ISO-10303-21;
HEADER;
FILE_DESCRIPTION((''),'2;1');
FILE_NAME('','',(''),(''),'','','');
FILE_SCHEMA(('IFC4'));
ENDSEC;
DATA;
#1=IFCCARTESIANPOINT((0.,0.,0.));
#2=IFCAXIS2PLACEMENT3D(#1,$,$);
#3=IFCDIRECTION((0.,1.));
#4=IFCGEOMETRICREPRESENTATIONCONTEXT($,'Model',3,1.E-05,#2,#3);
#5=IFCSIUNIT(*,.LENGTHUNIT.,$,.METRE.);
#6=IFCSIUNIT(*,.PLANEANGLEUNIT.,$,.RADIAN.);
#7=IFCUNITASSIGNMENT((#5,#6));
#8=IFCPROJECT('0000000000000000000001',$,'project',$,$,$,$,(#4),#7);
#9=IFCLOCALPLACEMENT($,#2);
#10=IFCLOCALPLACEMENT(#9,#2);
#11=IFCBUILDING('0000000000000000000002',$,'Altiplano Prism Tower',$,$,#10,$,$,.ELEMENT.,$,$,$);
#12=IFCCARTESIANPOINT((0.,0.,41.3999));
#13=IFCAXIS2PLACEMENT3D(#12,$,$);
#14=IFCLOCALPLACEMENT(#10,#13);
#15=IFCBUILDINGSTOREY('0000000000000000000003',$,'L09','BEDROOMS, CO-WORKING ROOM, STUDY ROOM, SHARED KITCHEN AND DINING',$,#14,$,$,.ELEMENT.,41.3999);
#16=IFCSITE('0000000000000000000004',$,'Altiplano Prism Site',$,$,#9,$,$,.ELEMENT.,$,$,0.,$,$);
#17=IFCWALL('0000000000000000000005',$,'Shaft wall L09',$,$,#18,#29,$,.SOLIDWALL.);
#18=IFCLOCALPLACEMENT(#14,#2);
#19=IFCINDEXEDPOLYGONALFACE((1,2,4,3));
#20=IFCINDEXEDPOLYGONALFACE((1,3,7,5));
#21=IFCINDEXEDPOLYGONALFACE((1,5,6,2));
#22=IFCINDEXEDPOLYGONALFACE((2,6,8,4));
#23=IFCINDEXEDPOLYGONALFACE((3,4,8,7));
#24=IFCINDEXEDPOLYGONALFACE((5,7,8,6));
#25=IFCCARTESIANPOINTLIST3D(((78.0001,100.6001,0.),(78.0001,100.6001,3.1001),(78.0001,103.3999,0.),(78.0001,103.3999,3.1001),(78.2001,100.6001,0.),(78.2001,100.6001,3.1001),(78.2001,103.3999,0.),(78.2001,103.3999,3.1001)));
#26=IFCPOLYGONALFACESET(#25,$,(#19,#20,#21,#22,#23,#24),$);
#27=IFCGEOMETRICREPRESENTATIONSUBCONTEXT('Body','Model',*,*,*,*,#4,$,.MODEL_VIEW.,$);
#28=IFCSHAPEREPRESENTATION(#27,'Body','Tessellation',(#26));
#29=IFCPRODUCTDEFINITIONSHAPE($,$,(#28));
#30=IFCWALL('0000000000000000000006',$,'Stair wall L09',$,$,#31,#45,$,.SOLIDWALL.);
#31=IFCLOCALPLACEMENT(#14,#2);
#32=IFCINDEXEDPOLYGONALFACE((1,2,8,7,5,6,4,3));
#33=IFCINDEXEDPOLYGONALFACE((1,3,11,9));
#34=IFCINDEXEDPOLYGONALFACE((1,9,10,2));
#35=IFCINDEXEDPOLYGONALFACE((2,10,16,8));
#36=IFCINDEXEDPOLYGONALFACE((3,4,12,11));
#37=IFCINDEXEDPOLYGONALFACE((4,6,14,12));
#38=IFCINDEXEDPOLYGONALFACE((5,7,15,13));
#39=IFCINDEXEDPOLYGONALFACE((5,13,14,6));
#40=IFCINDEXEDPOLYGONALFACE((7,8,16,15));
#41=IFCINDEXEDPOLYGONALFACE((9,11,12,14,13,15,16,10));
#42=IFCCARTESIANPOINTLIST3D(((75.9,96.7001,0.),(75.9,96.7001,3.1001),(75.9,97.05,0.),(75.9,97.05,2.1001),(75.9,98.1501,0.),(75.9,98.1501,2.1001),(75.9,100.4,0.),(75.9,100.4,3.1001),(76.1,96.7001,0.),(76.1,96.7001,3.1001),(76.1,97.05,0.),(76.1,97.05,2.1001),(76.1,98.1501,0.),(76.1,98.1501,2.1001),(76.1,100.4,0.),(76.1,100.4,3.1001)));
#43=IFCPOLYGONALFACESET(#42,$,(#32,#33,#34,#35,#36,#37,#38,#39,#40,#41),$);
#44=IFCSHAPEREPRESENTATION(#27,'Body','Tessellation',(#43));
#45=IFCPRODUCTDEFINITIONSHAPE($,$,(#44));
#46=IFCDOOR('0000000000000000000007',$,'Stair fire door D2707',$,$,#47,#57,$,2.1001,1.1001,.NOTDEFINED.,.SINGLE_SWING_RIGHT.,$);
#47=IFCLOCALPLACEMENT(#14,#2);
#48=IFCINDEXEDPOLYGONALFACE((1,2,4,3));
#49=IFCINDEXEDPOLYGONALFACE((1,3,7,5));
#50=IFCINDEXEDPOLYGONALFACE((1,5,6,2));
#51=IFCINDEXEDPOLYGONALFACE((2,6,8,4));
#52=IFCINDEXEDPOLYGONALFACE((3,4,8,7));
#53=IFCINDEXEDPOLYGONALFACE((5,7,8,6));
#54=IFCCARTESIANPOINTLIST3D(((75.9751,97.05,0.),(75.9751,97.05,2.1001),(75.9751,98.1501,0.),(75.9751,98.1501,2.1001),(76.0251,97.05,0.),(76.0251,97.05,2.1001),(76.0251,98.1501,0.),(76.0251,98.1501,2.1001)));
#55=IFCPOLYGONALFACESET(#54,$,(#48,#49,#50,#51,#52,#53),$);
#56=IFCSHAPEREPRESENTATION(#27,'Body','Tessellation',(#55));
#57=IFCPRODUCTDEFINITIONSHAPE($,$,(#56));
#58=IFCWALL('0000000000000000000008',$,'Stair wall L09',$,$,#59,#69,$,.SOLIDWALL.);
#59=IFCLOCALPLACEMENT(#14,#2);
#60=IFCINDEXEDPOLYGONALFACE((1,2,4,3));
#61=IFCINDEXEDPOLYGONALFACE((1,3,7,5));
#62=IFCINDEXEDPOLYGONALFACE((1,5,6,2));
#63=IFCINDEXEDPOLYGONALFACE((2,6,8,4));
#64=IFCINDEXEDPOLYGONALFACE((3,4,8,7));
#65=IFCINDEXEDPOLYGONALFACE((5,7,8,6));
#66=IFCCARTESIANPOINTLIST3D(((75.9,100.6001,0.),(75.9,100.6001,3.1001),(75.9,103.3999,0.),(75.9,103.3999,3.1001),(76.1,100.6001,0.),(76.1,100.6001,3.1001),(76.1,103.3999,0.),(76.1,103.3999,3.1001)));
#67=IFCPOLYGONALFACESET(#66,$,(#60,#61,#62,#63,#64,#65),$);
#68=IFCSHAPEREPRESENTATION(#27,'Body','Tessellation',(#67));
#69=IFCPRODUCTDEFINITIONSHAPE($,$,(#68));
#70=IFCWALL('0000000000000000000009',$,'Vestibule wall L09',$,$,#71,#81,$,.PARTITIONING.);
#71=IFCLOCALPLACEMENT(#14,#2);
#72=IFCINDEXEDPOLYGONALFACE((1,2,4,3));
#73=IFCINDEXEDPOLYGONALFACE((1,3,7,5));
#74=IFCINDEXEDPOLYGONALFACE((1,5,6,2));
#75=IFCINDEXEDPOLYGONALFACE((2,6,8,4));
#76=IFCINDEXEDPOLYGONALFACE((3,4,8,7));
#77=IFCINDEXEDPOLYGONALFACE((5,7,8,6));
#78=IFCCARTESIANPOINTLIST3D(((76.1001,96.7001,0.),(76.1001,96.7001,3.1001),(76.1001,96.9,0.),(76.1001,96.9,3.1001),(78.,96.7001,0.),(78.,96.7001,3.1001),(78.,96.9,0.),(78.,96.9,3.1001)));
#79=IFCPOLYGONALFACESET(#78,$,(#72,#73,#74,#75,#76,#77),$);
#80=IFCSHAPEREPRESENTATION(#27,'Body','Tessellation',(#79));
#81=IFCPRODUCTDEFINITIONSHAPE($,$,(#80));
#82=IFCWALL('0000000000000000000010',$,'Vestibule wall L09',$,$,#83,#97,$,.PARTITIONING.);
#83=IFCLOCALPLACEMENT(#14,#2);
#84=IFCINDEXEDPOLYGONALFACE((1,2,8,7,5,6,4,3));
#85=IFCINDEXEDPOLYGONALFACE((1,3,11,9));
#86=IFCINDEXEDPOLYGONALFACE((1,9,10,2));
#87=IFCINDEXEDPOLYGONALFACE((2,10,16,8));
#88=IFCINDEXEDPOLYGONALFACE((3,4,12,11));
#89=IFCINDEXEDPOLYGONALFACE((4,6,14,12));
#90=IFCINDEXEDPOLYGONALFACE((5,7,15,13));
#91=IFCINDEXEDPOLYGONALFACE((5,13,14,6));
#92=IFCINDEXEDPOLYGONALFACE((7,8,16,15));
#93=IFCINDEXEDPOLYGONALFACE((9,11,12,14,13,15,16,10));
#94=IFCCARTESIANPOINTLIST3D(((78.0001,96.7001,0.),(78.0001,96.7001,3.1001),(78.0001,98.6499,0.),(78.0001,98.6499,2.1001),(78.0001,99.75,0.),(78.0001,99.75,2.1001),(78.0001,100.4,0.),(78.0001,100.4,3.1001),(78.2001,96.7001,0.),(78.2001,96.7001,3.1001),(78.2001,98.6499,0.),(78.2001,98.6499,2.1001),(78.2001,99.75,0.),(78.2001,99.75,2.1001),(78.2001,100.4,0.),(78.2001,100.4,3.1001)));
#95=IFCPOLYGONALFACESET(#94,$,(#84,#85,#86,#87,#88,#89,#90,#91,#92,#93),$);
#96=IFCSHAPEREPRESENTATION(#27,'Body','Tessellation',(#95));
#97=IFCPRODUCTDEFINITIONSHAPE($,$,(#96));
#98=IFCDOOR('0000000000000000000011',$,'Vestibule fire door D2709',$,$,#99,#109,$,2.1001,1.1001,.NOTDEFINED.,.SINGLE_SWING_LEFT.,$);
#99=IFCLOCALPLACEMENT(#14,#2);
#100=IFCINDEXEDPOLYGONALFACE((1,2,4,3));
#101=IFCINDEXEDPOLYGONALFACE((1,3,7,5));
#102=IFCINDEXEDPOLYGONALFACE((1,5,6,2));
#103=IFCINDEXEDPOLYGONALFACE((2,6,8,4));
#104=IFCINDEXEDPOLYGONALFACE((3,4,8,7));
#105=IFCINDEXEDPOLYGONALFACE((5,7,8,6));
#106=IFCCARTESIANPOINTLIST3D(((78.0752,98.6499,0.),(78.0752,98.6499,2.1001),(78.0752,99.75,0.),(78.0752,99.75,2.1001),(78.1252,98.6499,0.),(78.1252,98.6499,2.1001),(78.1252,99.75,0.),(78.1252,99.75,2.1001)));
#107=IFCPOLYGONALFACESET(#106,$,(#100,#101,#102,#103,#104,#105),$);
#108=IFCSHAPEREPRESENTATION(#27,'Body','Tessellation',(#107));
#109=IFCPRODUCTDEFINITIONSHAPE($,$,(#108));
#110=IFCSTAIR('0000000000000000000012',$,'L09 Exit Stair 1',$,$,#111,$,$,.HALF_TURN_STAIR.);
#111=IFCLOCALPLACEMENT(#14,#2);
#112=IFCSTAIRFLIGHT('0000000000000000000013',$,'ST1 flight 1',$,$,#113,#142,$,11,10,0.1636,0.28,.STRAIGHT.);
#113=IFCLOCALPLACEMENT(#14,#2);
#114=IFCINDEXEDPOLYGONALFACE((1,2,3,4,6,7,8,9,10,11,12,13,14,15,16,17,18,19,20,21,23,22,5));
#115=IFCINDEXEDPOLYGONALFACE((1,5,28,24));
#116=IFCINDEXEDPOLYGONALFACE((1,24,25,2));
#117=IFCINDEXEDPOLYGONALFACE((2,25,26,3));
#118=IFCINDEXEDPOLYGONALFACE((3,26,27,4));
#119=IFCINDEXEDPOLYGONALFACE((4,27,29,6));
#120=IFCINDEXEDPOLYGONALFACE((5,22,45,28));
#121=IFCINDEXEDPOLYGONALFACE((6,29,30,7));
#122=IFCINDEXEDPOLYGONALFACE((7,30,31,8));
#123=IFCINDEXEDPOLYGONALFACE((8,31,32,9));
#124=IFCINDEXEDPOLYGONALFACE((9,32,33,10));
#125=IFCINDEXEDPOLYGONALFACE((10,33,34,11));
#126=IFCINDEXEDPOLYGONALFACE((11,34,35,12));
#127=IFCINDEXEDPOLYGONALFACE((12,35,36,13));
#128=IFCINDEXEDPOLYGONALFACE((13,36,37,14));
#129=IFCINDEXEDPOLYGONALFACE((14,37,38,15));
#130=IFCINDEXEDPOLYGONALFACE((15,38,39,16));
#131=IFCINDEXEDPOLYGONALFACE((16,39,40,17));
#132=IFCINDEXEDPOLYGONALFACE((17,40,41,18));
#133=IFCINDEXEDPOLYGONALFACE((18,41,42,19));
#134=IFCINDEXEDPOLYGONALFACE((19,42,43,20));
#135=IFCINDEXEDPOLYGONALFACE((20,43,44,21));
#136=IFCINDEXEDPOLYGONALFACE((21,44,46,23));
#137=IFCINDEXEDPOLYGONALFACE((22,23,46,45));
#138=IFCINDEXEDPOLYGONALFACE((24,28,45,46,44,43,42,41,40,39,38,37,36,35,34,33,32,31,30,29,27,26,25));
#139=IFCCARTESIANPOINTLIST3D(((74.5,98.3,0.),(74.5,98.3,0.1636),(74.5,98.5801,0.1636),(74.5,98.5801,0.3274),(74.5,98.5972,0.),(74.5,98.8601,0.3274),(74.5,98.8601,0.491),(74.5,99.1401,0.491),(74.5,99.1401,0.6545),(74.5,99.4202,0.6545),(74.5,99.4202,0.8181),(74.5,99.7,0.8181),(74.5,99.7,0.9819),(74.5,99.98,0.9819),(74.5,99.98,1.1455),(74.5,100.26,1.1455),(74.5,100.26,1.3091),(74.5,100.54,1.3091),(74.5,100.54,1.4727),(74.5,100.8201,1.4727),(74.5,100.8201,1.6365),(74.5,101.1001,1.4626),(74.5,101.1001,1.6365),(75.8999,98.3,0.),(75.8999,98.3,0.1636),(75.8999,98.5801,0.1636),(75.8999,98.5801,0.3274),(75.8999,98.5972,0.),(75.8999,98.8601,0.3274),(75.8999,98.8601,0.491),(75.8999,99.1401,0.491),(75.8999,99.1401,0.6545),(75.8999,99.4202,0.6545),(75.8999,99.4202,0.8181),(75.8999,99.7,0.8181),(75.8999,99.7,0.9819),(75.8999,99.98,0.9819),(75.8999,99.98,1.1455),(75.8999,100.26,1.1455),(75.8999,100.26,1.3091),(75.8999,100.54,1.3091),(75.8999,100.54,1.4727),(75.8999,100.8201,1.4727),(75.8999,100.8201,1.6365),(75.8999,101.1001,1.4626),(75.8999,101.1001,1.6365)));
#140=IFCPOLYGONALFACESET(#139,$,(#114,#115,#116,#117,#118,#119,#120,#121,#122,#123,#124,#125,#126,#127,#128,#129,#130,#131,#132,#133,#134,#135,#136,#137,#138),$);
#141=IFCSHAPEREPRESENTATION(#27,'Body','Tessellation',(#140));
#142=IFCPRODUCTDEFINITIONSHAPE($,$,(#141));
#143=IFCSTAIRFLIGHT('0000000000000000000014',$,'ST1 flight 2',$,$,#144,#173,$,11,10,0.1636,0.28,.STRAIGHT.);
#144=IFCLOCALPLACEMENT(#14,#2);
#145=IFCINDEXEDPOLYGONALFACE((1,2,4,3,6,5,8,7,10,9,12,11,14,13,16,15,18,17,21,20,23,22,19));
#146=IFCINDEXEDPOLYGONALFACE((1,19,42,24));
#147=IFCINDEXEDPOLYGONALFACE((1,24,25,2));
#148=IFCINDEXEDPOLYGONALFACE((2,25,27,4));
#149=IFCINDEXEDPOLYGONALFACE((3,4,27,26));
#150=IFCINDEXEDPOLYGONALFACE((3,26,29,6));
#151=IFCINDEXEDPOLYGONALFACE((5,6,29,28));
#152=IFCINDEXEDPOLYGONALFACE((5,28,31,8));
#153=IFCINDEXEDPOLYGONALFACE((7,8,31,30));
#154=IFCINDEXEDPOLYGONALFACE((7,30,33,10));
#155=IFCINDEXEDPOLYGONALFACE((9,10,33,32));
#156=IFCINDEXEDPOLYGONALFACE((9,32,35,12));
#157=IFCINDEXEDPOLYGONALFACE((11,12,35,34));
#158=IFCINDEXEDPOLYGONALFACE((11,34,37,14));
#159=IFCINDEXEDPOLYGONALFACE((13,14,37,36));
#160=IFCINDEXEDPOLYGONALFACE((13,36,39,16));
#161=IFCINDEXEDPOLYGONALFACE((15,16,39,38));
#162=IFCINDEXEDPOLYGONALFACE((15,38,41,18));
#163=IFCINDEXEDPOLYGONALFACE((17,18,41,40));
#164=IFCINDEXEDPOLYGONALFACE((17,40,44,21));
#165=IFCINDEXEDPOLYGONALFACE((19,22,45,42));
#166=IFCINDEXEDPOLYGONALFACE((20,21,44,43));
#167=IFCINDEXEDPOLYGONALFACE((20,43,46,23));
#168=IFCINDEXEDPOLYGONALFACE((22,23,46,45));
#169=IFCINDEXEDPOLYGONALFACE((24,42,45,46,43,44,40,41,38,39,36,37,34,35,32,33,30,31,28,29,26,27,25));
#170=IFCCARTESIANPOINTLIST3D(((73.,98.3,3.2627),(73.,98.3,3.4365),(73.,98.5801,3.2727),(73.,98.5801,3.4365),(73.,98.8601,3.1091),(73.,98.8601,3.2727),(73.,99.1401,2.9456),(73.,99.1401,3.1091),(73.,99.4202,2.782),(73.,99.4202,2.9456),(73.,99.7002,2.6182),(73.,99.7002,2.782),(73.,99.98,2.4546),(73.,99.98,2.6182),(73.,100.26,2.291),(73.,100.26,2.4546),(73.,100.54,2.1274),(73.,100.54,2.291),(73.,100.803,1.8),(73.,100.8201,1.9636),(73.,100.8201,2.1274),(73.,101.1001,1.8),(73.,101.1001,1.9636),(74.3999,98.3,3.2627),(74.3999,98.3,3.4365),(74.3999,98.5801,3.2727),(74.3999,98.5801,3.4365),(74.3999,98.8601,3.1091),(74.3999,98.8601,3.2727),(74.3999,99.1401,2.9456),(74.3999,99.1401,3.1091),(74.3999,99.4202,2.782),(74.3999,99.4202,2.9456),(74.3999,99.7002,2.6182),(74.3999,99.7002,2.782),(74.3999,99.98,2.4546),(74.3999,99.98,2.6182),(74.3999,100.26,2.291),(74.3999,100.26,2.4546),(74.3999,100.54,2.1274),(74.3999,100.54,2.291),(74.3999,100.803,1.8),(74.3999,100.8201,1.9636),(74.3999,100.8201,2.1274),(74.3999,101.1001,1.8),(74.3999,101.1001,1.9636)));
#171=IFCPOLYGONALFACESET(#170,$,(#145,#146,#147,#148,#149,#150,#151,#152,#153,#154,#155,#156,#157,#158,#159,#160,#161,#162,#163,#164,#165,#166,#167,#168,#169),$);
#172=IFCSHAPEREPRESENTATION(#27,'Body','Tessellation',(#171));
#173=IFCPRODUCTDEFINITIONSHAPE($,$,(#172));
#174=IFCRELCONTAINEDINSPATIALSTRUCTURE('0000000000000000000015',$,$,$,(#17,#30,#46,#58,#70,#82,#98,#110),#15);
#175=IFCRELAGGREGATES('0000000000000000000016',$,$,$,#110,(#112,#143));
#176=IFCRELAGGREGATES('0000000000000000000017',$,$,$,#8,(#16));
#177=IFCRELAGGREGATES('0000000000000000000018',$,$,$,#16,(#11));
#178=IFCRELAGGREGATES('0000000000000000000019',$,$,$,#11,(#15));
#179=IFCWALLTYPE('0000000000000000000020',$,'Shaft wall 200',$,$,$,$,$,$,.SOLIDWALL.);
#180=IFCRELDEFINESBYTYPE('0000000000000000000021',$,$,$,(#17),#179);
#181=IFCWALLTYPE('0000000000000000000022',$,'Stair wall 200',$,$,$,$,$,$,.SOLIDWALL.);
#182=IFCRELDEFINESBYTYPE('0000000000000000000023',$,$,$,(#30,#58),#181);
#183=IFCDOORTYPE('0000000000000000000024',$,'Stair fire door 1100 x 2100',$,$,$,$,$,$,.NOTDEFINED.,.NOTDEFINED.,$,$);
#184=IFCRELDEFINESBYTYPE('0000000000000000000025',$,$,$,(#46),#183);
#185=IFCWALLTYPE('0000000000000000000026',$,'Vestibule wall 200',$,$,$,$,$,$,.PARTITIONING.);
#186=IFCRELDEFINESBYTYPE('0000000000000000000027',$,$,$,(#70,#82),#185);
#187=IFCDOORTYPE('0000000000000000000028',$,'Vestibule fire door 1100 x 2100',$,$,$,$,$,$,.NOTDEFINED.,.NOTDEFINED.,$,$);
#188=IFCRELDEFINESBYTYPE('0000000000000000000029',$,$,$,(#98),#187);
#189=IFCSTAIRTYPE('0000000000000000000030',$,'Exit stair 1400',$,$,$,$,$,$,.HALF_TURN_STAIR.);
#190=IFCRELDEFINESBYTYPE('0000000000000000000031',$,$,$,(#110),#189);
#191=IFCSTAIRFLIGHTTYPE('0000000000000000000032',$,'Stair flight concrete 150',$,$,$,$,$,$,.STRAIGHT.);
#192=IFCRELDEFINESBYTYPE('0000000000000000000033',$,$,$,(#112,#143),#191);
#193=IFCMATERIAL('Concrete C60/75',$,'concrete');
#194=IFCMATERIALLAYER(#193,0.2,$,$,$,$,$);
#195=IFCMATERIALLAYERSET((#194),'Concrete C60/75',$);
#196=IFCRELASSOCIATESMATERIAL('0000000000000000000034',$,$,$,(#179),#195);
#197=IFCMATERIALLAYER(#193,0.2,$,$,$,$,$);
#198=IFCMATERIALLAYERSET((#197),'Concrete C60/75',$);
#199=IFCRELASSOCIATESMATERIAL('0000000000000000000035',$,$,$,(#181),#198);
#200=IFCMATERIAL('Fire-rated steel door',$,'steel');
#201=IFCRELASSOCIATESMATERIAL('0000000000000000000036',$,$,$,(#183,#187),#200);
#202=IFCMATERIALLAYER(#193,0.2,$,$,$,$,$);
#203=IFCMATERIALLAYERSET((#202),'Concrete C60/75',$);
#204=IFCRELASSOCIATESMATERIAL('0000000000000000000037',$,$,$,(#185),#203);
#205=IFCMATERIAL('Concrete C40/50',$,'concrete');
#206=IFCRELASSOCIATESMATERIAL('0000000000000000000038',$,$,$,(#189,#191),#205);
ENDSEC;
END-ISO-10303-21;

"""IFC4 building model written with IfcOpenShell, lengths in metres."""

from ifc_helpers import new_model, si_unit, direction, frame, frame_2d, origin, place, context, subcontext, project, spatial, polyline, rectangle, outline, extrude, material, layer, layer_set, type_object, element, fill, aggregate, save


model = new_model("IFC4")

# Units and contexts
model_context = context("Model", 3, precision=1e-05, world=origin(), true_north=direction((0.0, 1.0)))
body_context = subcontext(model_context, "Body", "Model", "MODEL_VIEW")
ifc_project = project(units=[si_unit("LENGTHUNIT", "METRE"), si_unit("PLANEANGLEUNIT", "RADIAN")], contexts=[model_context])

# Site, building, storey
site_placement = place(None, origin())
site = spatial("IfcSite", under=ifc_project, at=site_placement, Name="Altiplano Prism Site", CompositionType="ELEMENT", RefElevation=0.0)
building_placement = place(site_placement, origin())
building = spatial("IfcBuilding", under=site, at=building_placement, Name="Altiplano Prism Tower", CompositionType="ELEMENT")
storey_placement = place(building_placement, frame((0.0, 0.0, 41.3999)))
storey = spatial("IfcBuildingStorey", under=building, at=storey_placement, Name="L09", Description="BEDROOMS, CO-WORKING ROOM, STUDY ROOM, SHARED KITCHEN AND DINING", CompositionType="ELEMENT", Elevation=41.3999)

# Wall
ifc_material_1 = material(Name="Concrete C60/75", Category="concrete")
ifc_layer_1 = layer(ifc_material_1, 0.2)
ifc_layer_set_1 = layer_set([ifc_layer_1], Name="Concrete C60/75")
wall_type_1 = type_object("IfcWallType", Name="Shaft wall 200", PredefinedType="SOLIDWALL", material=ifc_layer_set_1)
wall_1_placement = place(storey_placement, frame((78.1001, 100.6001, 0.0), z_axis=(0.0, 0.0, 1.0), x_axis=(0.0, 1.0, 0.0)))
element("IfcWall", 1, at=wall_1_placement, inside=storey, type_object=wall_type_1, Name="Shaft wall L09", PredefinedType="SOLIDWALL", context=body_context, shape_type="SweptSolid", body=[
    extrude(rectangle(XDim=2.7998, YDim=0.2, at=frame_2d((1.3999, 0.0))), origin(), (0.0, 0.0, 1.0), 3.1001),
])

# Wall, opening, door
ifc_layer_2 = layer(ifc_material_1, 0.2)
ifc_layer_set_2 = layer_set([ifc_layer_2], Name="Concrete C60/75")
wall_type_2 = type_object("IfcWallType", Name="Stair wall 200", PredefinedType="SOLIDWALL", material=ifc_layer_set_2)
wall_2_placement = place(storey_placement, frame((76.0, 96.7, 0.0), z_axis=(0.0, 0.0, 1.0), x_axis=(0.0, 1.0, 0.0)))
wall_2 = element("IfcWall", 2, at=wall_2_placement, inside=storey, type_object=wall_type_2, Name="Stair wall L09", PredefinedType="SOLIDWALL", context=body_context, shape_type="SweptSolid", body=[
    extrude(rectangle(XDim=3.7, YDim=0.2, at=frame_2d((1.8501, 0.0))), origin(), (0.0, 0.0, 1.0), 3.1001),
])
opening_1_placement = place(wall_2_placement, frame((0.3501, 0.0, 0.0)))
opening_1 = element("IfcOpeningElement", 3, at=opening_1_placement, cuts=wall_2, PredefinedType="OPENING", context=body_context, shape_type="SweptSolid", body=[
    extrude(rectangle(XDim=1.1001, YDim=2.1001, at=frame_2d((0.55, 1.05))), frame((0.0, 0.1104, 0.0), z_axis=(0.0, -1.0, 0.0), x_axis=(1.0, 0.0, 0.0)), (0.0, 0.0, 1.0), 0.2209),
])
ifc_material_2 = material(Name="Fire-rated steel door", Category="steel")
door_type_1 = type_object("IfcDoorType", Name="Stair fire door 1100 x 2100", OperationType="NOTDEFINED", PredefinedType="NOTDEFINED", material=ifc_material_2)
door_1_placement = place(opening_1_placement, origin())
door_1 = element("IfcDoor", 4, at=door_1_placement, inside=storey, type_object=door_type_1, Name="Stair fire door D2707", OperationType="SINGLE_SWING_RIGHT", OverallHeight=2.1001, OverallWidth=1.1001, PredefinedType="NOTDEFINED", context=body_context, shape_type="SweptSolid", body=[
    extrude(rectangle(XDim=1.1001, YDim=2.1001, at=frame_2d((0.55, 1.05))), frame((0.0, 0.0249, 0.0), z_axis=(0.0, -1.0, 0.0), x_axis=(1.0, 0.0, 0.0)), (0.0, 0.0, 1.0), 0.05),
])
fill(opening_1, door_1)

# Walls
wall_3_placement = place(storey_placement, frame((76.0, 100.6001, 0.0), z_axis=(0.0, 0.0, 1.0), x_axis=(0.0, 1.0, 0.0)))
element("IfcWall", 5, at=wall_3_placement, inside=storey, type_object=wall_type_2, Name="Stair wall L09", PredefinedType="SOLIDWALL", context=body_context, shape_type="SweptSolid", body=[
    extrude(rectangle(XDim=2.7998, YDim=0.2, at=frame_2d((1.3999, 0.0))), origin(), (0.0, 0.0, 1.0), 3.1001),
])
ifc_layer_3 = layer(ifc_material_1, 0.2)
ifc_layer_set_3 = layer_set([ifc_layer_3], Name="Concrete C60/75")
wall_type_3 = type_object("IfcWallType", Name="Vestibule wall 200", PredefinedType="PARTITIONING", material=ifc_layer_set_3)
wall_4_placement = place(storey_placement, frame((76.1001, 96.8, 0.0), z_axis=(0.0, 0.0, 1.0), x_axis=(1.0, 0.0, 0.0)))
element("IfcWall", 6, at=wall_4_placement, inside=storey, type_object=wall_type_3, Name="Vestibule wall L09", PredefinedType="PARTITIONING", context=body_context, shape_type="SweptSolid", body=[
    extrude(rectangle(XDim=1.8999, YDim=0.2, at=frame_2d((0.95, 0.0))), origin(), (0.0, 0.0, 1.0), 3.1001),
])

# Wall, opening, door
wall_5_placement = place(storey_placement, frame((78.1001, 96.7, 0.0), z_axis=(0.0, 0.0, 1.0), x_axis=(0.0, 1.0, 0.0)))
wall_5 = element("IfcWall", 7, at=wall_5_placement, inside=storey, type_object=wall_type_3, Name="Vestibule wall L09", PredefinedType="PARTITIONING", context=body_context, shape_type="SweptSolid", body=[
    extrude(rectangle(XDim=3.7, YDim=0.2, at=frame_2d((1.8501, 0.0))), origin(), (0.0, 0.0, 1.0), 3.1001),
])
opening_2_placement = place(wall_5_placement, frame((1.95, 0.0, 0.0)))
opening_2 = element("IfcOpeningElement", 8, at=opening_2_placement, cuts=wall_5, PredefinedType="OPENING", context=body_context, shape_type="SweptSolid", body=[
    extrude(rectangle(XDim=1.1001, YDim=2.1001, at=frame_2d((0.55, 1.05))), frame((0.0, 0.1104, 0.0), z_axis=(0.0, -1.0, 0.0), x_axis=(1.0, 0.0, 0.0)), (0.0, 0.0, 1.0), 0.2209),
])
door_type_2 = type_object("IfcDoorType", Name="Vestibule fire door 1100 x 2100", OperationType="NOTDEFINED", PredefinedType="NOTDEFINED", material=ifc_material_2)
door_2_placement = place(opening_2_placement, origin())
door_2 = element("IfcDoor", 9, at=door_2_placement, inside=storey, type_object=door_type_2, Name="Vestibule fire door D2709", OperationType="SINGLE_SWING_LEFT", OverallHeight=2.1001, OverallWidth=1.1001, PredefinedType="NOTDEFINED", context=body_context, shape_type="SweptSolid", body=[
    extrude(rectangle(XDim=1.1001, YDim=2.1001, at=frame_2d((0.55, 1.05))), frame((0.0, 0.0249, 0.0), z_axis=(0.0, -1.0, 0.0), x_axis=(1.0, 0.0, 0.0)), (0.0, 0.0, 1.0), 0.05),
])
fill(opening_2, door_2)

# Stair, stair flights
ifc_material_3 = material(Name="Concrete C40/50", Category="concrete")
stair_type = type_object("IfcStairType", Name="Exit stair 1400", PredefinedType="HALF_TURN_STAIR", material=ifc_material_3)
stair_placement = place(storey_placement, origin())
stair = element("IfcStair", 10, at=stair_placement, inside=storey, type_object=stair_type, Name="L09 Exit Stair 1", PredefinedType="HALF_TURN_STAIR")
stair_flight_type = type_object("IfcStairFlightType", Name="Stair flight concrete 150", PredefinedType="STRAIGHT", material=ifc_material_3)
stair_flight_1_placement = place(storey_placement, frame((75.2, 98.3, 0.0), z_axis=(0.0, 0.0, 1.0), x_axis=(0.0, 1.0, 0.0)))
stair_flight_1 = element("IfcStairFlight", 11, at=stair_flight_1_placement, type_object=stair_flight_type, Name="ST1 flight 1", NumberOfRisers=11, NumberOfTreads=10, PredefinedType="STRAIGHT", RiserHeight=0.1636, TreadLength=0.28, context=body_context, shape_type="SweptSolid", body=[
    extrude(outline(polyline([(0.0, 0.0), (0.0, 0.1636), (0.28, 0.1636), (0.28, 0.3274), (0.5601, 0.3274), (0.5601, 0.491), (0.8401, 0.491), (0.8401, 0.6545), (1.1201, 0.6545), (1.1201, 0.8181), (1.3999, 0.8181), (1.3999, 0.9819), (1.6799, 0.9819), (1.6799, 1.1455), (1.96, 1.1455), (1.96, 1.3091), (2.24, 1.3091), (2.24, 1.4727), (2.52, 1.4727), (2.52, 1.6365), (2.8, 1.6365), (2.8, 1.8), (2.8, 1.4626), (0.2971, 0.0), (0.0, 0.0)])), frame((0.0, 0.7, 0.0), z_axis=(0.0, -1.0, 0.0), x_axis=(1.0, 0.0, 0.0)), (0.0, 0.0, 1.0), 1.3999),
])
stair_flight_2_placement = place(storey_placement, frame((73.7, 101.1001, 1.8), z_axis=(0.0, 0.0, 1.0), x_axis=(0.0, -1.0, 0.0)))
stair_flight_2 = element("IfcStairFlight", 12, at=stair_flight_2_placement, type_object=stair_flight_type, Name="ST1 flight 2", NumberOfRisers=11, NumberOfTreads=10, PredefinedType="STRAIGHT", RiserHeight=0.1636, TreadLength=0.28, context=body_context, shape_type="SweptSolid", body=[
    extrude(outline(polyline([(0.0, 0.0), (0.0, 0.1636), (0.28, 0.1636), (0.28, 0.3274), (0.5601, 0.3274), (0.5601, 0.491), (0.8401, 0.491), (0.8401, 0.6545), (1.1201, 0.6545), (1.1201, 0.8181), (1.3999, 0.8181), (1.3999, 0.9819), (1.6799, 0.9819), (1.6799, 1.1455), (1.96, 1.1455), (1.96, 1.3091), (2.24, 1.3091), (2.24, 1.4727), (2.52, 1.4727), (2.52, 1.6365), (2.8, 1.6365), (2.8, 1.8), (2.8, 1.4626), (0.2971, 0.0), (0.0, 0.0)])), frame((0.0, 0.7, 0.0), z_axis=(0.0, -1.0, 0.0), x_axis=(1.0, 0.0, 0.0)), (0.0, 0.0, 1.0), 1.3999),
])
aggregate(stair, [stair_flight_1, stair_flight_2])

save(model, "model.ifc")
